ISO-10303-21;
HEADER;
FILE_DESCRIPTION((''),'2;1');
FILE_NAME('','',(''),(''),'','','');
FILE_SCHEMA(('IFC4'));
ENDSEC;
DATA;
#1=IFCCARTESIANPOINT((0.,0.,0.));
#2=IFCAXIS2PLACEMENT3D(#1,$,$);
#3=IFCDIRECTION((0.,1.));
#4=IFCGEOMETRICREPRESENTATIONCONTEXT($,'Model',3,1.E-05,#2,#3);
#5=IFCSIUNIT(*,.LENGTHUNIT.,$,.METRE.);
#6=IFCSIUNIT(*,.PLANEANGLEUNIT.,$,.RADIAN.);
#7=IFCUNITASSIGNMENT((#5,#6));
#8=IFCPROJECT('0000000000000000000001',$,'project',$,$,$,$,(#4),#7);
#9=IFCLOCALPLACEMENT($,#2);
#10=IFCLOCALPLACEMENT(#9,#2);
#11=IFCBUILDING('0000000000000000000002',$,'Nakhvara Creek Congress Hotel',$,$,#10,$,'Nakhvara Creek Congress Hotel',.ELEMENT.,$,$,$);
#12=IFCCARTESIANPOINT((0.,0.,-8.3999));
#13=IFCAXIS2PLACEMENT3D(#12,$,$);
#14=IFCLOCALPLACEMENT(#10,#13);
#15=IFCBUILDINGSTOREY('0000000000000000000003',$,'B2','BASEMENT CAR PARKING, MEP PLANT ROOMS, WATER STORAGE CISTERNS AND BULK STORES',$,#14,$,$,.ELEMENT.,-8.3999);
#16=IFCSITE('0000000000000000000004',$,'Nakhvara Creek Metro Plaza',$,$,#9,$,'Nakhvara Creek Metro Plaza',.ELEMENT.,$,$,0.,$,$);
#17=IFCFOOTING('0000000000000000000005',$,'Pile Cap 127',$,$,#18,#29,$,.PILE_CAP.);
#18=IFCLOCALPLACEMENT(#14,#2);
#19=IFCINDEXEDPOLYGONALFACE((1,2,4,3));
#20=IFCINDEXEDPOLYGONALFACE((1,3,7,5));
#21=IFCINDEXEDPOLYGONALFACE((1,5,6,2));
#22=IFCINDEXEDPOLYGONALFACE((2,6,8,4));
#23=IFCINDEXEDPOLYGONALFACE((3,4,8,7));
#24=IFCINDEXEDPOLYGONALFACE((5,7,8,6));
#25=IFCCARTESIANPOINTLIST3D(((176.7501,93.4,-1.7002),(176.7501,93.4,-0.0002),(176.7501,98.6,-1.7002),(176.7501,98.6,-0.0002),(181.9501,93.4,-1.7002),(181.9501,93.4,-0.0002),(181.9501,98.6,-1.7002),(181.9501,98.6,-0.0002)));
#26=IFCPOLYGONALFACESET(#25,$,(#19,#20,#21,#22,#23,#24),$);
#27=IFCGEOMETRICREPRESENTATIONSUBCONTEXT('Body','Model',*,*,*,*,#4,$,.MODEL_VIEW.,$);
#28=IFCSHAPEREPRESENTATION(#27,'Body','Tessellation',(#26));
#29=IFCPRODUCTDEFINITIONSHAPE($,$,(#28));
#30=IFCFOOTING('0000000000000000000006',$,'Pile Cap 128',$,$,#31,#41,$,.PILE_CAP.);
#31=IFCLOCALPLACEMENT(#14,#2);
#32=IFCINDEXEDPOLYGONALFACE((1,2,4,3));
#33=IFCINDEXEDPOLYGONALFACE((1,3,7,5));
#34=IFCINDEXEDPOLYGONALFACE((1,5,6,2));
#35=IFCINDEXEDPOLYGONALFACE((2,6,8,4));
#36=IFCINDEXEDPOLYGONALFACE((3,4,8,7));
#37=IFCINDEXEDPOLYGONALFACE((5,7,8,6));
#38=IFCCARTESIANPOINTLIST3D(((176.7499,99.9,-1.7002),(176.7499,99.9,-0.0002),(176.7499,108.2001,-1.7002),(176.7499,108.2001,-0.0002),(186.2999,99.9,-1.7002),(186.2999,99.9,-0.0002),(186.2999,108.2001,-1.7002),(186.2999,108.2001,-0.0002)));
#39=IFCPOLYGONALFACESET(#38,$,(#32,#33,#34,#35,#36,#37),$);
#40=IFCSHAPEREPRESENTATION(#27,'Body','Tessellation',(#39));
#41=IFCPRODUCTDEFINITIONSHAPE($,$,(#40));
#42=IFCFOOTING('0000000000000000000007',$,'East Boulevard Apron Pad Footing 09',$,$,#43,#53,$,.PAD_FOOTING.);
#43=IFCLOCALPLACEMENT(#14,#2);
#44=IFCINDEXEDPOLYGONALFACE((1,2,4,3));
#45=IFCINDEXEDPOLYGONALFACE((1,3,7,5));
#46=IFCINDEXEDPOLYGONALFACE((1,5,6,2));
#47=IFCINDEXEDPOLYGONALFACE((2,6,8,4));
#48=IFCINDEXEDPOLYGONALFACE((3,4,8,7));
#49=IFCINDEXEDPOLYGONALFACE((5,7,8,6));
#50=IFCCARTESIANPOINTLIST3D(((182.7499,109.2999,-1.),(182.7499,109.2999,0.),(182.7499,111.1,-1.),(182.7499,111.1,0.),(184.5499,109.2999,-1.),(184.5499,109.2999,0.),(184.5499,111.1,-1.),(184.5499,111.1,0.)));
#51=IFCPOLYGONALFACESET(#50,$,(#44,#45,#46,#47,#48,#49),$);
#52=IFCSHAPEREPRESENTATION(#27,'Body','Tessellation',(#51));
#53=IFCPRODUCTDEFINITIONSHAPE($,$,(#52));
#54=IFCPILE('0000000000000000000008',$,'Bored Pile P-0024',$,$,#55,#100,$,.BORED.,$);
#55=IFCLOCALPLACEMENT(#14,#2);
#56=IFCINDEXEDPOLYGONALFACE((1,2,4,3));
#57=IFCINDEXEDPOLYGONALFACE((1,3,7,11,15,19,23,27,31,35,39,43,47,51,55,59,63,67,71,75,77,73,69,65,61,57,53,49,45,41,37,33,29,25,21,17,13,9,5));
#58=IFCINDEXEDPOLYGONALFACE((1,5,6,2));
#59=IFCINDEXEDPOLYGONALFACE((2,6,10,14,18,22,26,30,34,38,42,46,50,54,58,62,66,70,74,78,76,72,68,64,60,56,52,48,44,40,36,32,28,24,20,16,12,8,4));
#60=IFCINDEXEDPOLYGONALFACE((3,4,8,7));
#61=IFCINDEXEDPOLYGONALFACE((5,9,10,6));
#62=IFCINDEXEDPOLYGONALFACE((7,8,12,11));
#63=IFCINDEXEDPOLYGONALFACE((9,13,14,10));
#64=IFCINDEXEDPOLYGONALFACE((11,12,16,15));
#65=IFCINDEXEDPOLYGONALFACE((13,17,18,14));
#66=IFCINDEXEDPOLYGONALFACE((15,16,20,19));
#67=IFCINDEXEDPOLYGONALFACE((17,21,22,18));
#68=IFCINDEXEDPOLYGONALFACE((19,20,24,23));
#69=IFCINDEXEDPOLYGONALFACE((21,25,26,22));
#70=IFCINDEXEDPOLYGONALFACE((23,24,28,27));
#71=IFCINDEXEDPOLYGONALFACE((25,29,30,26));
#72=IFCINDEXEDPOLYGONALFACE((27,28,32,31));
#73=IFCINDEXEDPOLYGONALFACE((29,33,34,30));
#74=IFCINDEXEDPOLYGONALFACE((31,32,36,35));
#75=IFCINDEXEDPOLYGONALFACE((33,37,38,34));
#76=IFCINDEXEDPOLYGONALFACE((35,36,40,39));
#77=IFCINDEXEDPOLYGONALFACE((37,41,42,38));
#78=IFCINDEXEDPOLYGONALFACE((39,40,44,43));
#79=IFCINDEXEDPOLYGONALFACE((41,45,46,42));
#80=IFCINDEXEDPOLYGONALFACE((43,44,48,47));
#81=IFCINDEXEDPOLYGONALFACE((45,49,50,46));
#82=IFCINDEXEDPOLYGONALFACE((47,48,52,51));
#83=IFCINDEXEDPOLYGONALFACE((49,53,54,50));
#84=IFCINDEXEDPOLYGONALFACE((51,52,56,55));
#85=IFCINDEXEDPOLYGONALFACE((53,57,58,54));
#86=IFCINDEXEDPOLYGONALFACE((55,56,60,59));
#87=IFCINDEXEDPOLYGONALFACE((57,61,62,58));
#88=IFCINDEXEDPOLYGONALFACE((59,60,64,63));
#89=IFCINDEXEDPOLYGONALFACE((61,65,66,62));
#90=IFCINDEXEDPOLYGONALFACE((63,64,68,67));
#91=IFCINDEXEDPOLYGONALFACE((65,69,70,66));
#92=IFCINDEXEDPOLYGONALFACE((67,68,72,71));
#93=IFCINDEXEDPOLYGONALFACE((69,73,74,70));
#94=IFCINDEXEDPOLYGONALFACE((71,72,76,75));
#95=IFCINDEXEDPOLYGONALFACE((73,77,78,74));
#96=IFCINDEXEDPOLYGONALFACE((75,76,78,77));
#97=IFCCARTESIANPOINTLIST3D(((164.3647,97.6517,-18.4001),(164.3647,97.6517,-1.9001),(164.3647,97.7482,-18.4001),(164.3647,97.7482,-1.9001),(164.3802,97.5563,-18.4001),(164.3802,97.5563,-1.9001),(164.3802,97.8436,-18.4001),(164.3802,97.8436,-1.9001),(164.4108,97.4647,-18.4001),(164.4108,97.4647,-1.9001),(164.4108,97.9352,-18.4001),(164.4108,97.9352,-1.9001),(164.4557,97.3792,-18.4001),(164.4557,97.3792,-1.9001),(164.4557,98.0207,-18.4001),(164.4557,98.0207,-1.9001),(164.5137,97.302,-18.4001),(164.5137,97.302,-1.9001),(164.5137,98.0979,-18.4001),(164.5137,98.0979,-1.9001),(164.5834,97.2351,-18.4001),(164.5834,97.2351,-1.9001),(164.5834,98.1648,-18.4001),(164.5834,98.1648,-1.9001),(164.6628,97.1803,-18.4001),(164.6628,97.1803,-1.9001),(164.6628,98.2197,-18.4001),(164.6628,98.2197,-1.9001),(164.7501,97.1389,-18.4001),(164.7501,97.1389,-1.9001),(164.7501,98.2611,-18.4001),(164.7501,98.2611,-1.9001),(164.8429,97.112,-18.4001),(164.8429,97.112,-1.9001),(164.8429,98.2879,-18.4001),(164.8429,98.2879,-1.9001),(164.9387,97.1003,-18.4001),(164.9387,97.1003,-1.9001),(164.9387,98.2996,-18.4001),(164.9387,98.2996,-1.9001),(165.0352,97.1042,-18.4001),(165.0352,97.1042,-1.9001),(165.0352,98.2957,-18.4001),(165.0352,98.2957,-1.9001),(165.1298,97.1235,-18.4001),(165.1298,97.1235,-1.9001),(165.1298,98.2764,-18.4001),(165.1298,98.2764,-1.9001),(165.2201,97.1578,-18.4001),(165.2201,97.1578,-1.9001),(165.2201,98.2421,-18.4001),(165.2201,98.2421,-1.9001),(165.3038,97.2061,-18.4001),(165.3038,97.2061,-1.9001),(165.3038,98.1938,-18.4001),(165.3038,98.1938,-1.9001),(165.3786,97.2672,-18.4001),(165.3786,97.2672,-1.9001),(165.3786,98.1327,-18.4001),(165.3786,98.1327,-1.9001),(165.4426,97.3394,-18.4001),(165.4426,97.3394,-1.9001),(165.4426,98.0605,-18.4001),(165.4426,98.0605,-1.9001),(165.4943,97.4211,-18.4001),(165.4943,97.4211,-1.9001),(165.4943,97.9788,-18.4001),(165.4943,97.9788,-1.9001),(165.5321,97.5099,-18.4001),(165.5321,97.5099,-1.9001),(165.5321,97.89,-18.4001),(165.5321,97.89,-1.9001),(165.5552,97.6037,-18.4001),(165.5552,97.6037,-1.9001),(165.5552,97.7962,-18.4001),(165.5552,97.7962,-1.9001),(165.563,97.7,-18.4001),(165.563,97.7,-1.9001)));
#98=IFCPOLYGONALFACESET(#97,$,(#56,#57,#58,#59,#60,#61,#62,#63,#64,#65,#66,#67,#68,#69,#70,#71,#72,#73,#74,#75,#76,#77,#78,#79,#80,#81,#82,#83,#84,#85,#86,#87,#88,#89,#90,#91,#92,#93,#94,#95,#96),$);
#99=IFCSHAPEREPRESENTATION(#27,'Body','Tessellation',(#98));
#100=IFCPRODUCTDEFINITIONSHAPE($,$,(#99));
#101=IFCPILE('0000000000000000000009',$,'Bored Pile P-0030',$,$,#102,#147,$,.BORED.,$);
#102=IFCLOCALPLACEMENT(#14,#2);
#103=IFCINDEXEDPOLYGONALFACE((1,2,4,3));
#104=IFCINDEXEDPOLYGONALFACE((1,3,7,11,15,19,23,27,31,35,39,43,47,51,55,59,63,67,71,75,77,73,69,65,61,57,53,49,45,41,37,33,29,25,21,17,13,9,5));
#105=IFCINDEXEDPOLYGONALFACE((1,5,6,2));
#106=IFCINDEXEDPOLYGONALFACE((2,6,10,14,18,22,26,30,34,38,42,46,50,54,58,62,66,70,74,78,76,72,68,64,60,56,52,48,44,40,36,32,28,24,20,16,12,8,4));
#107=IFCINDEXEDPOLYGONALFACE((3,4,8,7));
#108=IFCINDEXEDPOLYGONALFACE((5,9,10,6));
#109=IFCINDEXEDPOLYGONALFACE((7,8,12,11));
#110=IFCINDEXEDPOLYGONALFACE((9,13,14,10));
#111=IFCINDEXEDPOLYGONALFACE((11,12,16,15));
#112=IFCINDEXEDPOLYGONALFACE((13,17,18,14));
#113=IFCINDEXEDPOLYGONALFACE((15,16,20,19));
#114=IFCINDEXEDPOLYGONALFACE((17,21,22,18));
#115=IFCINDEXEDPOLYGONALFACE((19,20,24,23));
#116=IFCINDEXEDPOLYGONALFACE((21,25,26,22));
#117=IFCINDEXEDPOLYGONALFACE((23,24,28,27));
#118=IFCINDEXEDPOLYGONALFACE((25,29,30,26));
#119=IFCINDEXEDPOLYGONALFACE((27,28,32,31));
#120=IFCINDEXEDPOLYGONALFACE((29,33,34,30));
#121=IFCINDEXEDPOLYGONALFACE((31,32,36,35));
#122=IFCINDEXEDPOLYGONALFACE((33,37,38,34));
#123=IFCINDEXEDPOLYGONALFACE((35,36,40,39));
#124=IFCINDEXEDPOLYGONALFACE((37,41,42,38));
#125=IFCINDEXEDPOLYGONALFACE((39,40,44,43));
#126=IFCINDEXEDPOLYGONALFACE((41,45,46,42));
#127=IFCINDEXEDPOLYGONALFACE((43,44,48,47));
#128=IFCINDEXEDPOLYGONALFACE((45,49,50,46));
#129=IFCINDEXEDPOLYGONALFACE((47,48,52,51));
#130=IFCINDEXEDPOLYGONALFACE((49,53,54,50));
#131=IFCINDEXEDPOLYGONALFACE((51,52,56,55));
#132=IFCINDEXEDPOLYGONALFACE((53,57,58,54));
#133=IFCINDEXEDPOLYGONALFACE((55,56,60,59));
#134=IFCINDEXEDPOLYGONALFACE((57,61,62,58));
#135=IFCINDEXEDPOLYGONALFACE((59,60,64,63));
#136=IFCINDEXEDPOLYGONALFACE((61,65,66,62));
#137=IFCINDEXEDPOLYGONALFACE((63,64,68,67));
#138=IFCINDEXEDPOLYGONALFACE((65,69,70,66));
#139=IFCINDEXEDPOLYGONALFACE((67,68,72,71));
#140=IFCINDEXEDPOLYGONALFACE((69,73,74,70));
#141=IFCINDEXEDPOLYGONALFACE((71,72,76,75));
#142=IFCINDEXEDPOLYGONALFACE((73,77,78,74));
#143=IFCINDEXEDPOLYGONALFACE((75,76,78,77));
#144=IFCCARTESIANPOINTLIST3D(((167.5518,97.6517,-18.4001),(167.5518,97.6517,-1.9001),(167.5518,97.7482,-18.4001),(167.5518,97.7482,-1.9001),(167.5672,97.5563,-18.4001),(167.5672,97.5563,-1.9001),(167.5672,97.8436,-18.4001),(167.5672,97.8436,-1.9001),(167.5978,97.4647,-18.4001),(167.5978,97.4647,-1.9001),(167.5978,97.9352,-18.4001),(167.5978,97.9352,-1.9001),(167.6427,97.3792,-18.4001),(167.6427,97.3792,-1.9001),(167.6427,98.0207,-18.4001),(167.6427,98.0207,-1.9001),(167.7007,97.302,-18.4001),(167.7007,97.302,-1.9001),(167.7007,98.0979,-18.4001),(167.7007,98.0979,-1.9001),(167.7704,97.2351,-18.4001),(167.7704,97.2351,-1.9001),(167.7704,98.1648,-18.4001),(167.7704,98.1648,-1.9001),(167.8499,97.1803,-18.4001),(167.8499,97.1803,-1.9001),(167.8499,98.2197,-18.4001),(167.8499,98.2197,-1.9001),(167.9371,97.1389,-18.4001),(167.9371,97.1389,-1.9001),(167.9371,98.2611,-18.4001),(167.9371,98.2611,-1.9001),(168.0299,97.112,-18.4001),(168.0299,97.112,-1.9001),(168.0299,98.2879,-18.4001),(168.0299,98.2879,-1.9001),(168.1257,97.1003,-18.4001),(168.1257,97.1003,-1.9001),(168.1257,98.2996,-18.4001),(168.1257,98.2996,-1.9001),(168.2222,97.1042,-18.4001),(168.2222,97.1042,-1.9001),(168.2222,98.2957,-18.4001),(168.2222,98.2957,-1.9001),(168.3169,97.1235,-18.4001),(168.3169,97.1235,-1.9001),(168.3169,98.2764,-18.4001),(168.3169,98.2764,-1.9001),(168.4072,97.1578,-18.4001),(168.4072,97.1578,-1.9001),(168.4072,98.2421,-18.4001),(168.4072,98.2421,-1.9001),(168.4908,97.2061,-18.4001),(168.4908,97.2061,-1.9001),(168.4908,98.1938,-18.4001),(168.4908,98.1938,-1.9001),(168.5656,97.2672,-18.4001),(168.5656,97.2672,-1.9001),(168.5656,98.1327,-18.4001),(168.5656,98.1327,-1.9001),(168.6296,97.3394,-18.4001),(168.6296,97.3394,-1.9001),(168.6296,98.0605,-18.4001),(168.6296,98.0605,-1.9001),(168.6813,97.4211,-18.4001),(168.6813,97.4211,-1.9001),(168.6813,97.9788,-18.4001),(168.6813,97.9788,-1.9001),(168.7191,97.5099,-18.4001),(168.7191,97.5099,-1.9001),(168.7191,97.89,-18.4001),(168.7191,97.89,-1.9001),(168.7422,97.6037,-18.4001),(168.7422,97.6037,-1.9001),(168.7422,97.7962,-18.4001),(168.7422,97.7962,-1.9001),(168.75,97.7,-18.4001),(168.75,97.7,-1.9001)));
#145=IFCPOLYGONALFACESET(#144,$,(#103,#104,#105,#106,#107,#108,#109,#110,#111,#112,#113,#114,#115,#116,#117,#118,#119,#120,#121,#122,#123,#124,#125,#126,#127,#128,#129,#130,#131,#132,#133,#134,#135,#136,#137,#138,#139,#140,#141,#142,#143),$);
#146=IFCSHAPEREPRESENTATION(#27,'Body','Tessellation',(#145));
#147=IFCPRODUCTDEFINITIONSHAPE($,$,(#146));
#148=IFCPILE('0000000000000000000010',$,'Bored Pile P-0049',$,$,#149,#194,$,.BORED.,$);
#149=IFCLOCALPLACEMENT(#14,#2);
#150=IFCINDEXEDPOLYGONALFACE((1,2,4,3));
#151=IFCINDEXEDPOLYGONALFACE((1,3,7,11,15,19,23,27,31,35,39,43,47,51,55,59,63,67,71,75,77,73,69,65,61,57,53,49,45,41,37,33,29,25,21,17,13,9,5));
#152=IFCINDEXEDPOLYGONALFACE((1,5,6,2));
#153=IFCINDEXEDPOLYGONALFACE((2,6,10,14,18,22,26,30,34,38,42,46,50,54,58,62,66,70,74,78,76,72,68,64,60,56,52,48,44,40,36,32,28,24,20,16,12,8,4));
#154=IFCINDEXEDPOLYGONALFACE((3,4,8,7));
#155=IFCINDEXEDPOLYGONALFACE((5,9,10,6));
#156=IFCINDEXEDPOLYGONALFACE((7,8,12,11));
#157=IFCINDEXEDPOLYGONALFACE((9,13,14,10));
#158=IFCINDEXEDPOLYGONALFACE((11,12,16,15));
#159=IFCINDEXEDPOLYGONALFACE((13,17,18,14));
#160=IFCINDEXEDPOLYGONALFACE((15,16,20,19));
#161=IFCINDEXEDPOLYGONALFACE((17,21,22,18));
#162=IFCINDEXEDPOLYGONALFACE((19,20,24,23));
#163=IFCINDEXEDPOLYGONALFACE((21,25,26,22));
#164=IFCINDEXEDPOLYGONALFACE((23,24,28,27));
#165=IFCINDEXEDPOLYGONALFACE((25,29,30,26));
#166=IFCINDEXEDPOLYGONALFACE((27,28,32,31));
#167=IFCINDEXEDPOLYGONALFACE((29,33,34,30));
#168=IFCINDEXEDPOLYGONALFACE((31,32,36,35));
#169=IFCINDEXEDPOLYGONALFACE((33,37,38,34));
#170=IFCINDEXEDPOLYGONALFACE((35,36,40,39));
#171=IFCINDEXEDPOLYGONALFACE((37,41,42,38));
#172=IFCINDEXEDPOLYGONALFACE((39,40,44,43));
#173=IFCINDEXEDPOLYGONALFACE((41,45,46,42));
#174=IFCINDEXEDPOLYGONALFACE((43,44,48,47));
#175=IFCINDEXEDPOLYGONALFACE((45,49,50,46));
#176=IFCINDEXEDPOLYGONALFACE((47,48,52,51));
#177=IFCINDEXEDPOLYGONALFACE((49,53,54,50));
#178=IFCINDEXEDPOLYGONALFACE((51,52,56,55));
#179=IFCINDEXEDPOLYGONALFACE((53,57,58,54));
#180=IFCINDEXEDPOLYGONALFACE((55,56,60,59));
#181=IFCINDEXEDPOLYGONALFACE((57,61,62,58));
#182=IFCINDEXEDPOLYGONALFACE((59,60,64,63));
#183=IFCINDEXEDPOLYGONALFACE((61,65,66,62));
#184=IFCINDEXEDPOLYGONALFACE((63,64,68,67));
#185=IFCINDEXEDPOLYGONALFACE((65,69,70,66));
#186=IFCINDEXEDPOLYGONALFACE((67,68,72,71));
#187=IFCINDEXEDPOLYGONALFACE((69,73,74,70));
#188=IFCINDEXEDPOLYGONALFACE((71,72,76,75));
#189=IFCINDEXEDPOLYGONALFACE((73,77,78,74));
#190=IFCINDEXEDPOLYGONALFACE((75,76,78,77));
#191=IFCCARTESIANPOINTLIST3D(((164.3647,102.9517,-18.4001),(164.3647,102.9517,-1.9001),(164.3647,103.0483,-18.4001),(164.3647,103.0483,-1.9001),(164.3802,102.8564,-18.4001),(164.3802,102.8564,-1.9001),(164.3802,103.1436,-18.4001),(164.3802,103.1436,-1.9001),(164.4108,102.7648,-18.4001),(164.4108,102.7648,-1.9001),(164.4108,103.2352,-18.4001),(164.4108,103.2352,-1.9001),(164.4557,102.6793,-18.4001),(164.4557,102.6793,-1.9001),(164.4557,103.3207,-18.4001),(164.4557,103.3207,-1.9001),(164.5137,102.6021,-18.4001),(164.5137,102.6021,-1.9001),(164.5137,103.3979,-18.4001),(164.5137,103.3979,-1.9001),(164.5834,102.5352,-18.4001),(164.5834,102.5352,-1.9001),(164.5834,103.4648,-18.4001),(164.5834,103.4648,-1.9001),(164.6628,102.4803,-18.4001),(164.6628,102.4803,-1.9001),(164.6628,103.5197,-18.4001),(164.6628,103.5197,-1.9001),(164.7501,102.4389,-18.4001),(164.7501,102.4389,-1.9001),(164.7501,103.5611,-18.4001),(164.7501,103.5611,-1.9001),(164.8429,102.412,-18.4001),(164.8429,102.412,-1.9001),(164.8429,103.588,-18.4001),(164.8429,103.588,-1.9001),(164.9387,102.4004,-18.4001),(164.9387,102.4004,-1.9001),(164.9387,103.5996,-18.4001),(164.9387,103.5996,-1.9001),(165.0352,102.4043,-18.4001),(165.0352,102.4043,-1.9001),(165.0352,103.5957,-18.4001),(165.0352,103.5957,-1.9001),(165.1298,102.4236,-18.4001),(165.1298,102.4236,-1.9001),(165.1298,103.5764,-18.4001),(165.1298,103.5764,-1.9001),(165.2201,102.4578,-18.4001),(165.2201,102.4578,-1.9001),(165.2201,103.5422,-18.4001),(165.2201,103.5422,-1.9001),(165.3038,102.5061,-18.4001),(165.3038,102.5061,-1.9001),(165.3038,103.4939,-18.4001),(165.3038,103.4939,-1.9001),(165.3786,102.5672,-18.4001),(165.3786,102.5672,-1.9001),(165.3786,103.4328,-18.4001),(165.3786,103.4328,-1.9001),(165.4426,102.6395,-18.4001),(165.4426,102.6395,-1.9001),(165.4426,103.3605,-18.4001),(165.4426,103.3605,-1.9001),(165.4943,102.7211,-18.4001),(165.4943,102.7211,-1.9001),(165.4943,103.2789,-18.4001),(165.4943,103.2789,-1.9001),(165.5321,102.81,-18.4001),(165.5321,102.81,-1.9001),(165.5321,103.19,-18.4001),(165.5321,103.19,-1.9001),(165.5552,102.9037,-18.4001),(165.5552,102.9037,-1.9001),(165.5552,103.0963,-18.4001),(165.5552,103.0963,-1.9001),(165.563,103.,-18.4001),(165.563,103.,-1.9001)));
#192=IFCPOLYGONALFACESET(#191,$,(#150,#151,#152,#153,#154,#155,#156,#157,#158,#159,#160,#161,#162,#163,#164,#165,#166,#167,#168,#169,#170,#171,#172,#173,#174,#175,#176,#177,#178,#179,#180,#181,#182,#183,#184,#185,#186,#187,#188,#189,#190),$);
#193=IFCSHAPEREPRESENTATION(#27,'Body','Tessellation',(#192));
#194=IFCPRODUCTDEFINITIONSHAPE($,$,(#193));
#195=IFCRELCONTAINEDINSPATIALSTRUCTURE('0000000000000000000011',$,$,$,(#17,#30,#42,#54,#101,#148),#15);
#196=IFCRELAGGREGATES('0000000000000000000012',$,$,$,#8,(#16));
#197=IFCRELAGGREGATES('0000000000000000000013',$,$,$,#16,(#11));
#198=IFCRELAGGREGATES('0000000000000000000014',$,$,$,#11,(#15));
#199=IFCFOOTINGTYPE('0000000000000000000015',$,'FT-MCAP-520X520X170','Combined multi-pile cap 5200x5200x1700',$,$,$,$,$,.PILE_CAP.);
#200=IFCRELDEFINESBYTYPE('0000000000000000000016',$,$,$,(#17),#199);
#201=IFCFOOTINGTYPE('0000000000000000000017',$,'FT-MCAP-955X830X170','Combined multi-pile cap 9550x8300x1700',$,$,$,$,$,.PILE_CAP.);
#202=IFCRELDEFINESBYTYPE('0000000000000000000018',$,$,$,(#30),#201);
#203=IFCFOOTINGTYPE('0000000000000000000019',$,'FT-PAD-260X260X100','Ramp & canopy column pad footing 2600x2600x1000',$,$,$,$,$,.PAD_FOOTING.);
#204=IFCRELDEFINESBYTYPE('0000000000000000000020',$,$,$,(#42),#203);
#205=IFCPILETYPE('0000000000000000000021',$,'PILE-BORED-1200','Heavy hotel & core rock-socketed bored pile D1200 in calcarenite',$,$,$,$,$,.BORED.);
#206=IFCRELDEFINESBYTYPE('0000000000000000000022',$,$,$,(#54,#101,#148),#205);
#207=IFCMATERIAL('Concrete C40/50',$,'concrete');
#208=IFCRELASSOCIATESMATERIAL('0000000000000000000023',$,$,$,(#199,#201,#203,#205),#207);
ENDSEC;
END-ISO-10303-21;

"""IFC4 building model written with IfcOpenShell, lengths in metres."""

from ifc_helpers import new_model, si_unit, direction, frame, origin, origin_2d, place, context, subcontext, project, spatial, rectangle, circle, extrude, material, material_profile, profile_set, type_object, element, save


model = new_model("IFC4")

# Units and contexts
model_context = context("Model", 3, precision=1e-05, world=origin(), true_north=direction((0.0, 1.0)))
body_context = subcontext(model_context, "Body", "Model", "MODEL_VIEW")
ifc_project = project(units=[si_unit("LENGTHUNIT", "METRE"), si_unit("PLANEANGLEUNIT", "RADIAN")], contexts=[model_context])

# Site, building, storey
site_placement = place(None, origin())
site = spatial("IfcSite", under=ifc_project, at=site_placement, Name="Nakhvara Creek Metro Plaza", LongName="Nakhvara Creek Metro Plaza", CompositionType="ELEMENT", RefElevation=0.0)
building_placement = place(site_placement, origin())
building = spatial("IfcBuilding", under=site, at=building_placement, Name="Nakhvara Creek Congress Hotel", LongName="Nakhvara Creek Congress Hotel", CompositionType="ELEMENT")
storey_placement = place(building_placement, frame((0.0, 0.0, -8.3999)))
storey = spatial("IfcBuildingStorey", under=building, at=storey_placement, Name="B2", Description="BASEMENT CAR PARKING, MEP PLANT ROOMS, WATER STORAGE CISTERNS AND BULK STORES", CompositionType="ELEMENT", Elevation=-8.3999)

# Footings
ifc_material_1 = material(Name="Concrete C40/50", Category="concrete")
footing_type_1 = type_object("IfcFootingType", Name="FT-MCAP-520X520X170", Description="Combined multi-pile cap 5200x5200x1700", PredefinedType="PILE_CAP", material=ifc_material_1)
footing_1_placement = place(storey_placement, frame((179.3501, 96.0, -1.7002), z_axis=(0.0, 0.0, 1.0), x_axis=(1.0, 0.0, 0.0)))
element("IfcFooting", 1, at=footing_1_placement, inside=storey, type_object=footing_type_1, Name="Pile Cap 127", PredefinedType="PILE_CAP", context=body_context, shape_type="SweptSolid", body=[
    extrude(rectangle(XDim=5.2, YDim=5.2, at=origin_2d()), origin(), (0.0, 0.0, 1.0), 1.7),
])
footing_type_2 = type_object("IfcFootingType", Name="FT-MCAP-955X830X170", Description="Combined multi-pile cap 9550x8300x1700", PredefinedType="PILE_CAP", material=ifc_material_1)
footing_2_placement = place(storey_placement, frame((181.5249, 104.05, -1.7002), z_axis=(0.0, 0.0, 1.0), x_axis=(1.0, 0.0, 0.0)))
element("IfcFooting", 2, at=footing_2_placement, inside=storey, type_object=footing_type_2, Name="Pile Cap 128", PredefinedType="PILE_CAP", context=body_context, shape_type="SweptSolid", body=[
    extrude(rectangle(XDim=9.55, YDim=8.3, at=origin_2d()), origin(), (0.0, 0.0, 1.0), 1.7),
])
footing_type_3 = type_object("IfcFootingType", Name="FT-PAD-260X260X100", Description="Ramp & canopy column pad footing 2600x2600x1000", PredefinedType="PAD_FOOTING", material=ifc_material_1)
footing_3_placement = place(storey_placement, frame((183.6499, 110.2, -1.0), z_axis=(0.0, 0.0, 1.0), x_axis=(1.0, 0.0, 0.0)))
element("IfcFooting", 3, at=footing_3_placement, inside=storey, type_object=footing_type_3, Name="East Boulevard Apron Pad Footing 09", PredefinedType="PAD_FOOTING", context=body_context, shape_type="SweptSolid", body=[
    extrude(rectangle(XDim=1.8, YDim=1.8, at=origin_2d()), origin(), (0.0, 0.0, 1.0), 1.0),
])

# Piles
ifc_material_profile_1 = material_profile(ifc_material_1, circle(Radius=0.6001, at=origin_2d()), Name="BORED PILE D1200", Category="LoadBearing")
ifc_profile_set_1 = profile_set([ifc_material_profile_1], Name="Concrete C40/50")
pile_type = type_object("IfcPileType", Name="PILE-BORED-1200", Description="Heavy hotel & core rock-socketed bored pile D1200 in calcarenite", PredefinedType="BORED", material=ifc_profile_set_1)
for number, where, z_axis, x_axis, name in (
    (4, (164.9629, 97.7, -1.9001), (0.0, 0.0, -1.0), (1.0, 0.0, 0.0), "Bored Pile P-0024"),
    (5, (168.1499, 97.7, -1.9001), (0.0, 0.0, -1.0), (1.0, 0.0, 0.0), "Bored Pile P-0030"),
    (6, (164.9629, 103.0, -1.9001), (0.0, 0.0, -1.0), (1.0, 0.0, 0.0), "Bored Pile P-0049"),
):
    element("IfcPile", number, at=place(storey_placement, frame(where, z_axis=z_axis, x_axis=x_axis)), inside=storey, type_object=pile_type, Name=name, PredefinedType="BORED", context=body_context, shape_type="SweptSolid", body=[
        extrude(circle(Radius=0.6001, at=origin_2d()), origin(), (0.0, 0.0, 1.0), 16.5),
    ])

save(model, "model.ifc")
